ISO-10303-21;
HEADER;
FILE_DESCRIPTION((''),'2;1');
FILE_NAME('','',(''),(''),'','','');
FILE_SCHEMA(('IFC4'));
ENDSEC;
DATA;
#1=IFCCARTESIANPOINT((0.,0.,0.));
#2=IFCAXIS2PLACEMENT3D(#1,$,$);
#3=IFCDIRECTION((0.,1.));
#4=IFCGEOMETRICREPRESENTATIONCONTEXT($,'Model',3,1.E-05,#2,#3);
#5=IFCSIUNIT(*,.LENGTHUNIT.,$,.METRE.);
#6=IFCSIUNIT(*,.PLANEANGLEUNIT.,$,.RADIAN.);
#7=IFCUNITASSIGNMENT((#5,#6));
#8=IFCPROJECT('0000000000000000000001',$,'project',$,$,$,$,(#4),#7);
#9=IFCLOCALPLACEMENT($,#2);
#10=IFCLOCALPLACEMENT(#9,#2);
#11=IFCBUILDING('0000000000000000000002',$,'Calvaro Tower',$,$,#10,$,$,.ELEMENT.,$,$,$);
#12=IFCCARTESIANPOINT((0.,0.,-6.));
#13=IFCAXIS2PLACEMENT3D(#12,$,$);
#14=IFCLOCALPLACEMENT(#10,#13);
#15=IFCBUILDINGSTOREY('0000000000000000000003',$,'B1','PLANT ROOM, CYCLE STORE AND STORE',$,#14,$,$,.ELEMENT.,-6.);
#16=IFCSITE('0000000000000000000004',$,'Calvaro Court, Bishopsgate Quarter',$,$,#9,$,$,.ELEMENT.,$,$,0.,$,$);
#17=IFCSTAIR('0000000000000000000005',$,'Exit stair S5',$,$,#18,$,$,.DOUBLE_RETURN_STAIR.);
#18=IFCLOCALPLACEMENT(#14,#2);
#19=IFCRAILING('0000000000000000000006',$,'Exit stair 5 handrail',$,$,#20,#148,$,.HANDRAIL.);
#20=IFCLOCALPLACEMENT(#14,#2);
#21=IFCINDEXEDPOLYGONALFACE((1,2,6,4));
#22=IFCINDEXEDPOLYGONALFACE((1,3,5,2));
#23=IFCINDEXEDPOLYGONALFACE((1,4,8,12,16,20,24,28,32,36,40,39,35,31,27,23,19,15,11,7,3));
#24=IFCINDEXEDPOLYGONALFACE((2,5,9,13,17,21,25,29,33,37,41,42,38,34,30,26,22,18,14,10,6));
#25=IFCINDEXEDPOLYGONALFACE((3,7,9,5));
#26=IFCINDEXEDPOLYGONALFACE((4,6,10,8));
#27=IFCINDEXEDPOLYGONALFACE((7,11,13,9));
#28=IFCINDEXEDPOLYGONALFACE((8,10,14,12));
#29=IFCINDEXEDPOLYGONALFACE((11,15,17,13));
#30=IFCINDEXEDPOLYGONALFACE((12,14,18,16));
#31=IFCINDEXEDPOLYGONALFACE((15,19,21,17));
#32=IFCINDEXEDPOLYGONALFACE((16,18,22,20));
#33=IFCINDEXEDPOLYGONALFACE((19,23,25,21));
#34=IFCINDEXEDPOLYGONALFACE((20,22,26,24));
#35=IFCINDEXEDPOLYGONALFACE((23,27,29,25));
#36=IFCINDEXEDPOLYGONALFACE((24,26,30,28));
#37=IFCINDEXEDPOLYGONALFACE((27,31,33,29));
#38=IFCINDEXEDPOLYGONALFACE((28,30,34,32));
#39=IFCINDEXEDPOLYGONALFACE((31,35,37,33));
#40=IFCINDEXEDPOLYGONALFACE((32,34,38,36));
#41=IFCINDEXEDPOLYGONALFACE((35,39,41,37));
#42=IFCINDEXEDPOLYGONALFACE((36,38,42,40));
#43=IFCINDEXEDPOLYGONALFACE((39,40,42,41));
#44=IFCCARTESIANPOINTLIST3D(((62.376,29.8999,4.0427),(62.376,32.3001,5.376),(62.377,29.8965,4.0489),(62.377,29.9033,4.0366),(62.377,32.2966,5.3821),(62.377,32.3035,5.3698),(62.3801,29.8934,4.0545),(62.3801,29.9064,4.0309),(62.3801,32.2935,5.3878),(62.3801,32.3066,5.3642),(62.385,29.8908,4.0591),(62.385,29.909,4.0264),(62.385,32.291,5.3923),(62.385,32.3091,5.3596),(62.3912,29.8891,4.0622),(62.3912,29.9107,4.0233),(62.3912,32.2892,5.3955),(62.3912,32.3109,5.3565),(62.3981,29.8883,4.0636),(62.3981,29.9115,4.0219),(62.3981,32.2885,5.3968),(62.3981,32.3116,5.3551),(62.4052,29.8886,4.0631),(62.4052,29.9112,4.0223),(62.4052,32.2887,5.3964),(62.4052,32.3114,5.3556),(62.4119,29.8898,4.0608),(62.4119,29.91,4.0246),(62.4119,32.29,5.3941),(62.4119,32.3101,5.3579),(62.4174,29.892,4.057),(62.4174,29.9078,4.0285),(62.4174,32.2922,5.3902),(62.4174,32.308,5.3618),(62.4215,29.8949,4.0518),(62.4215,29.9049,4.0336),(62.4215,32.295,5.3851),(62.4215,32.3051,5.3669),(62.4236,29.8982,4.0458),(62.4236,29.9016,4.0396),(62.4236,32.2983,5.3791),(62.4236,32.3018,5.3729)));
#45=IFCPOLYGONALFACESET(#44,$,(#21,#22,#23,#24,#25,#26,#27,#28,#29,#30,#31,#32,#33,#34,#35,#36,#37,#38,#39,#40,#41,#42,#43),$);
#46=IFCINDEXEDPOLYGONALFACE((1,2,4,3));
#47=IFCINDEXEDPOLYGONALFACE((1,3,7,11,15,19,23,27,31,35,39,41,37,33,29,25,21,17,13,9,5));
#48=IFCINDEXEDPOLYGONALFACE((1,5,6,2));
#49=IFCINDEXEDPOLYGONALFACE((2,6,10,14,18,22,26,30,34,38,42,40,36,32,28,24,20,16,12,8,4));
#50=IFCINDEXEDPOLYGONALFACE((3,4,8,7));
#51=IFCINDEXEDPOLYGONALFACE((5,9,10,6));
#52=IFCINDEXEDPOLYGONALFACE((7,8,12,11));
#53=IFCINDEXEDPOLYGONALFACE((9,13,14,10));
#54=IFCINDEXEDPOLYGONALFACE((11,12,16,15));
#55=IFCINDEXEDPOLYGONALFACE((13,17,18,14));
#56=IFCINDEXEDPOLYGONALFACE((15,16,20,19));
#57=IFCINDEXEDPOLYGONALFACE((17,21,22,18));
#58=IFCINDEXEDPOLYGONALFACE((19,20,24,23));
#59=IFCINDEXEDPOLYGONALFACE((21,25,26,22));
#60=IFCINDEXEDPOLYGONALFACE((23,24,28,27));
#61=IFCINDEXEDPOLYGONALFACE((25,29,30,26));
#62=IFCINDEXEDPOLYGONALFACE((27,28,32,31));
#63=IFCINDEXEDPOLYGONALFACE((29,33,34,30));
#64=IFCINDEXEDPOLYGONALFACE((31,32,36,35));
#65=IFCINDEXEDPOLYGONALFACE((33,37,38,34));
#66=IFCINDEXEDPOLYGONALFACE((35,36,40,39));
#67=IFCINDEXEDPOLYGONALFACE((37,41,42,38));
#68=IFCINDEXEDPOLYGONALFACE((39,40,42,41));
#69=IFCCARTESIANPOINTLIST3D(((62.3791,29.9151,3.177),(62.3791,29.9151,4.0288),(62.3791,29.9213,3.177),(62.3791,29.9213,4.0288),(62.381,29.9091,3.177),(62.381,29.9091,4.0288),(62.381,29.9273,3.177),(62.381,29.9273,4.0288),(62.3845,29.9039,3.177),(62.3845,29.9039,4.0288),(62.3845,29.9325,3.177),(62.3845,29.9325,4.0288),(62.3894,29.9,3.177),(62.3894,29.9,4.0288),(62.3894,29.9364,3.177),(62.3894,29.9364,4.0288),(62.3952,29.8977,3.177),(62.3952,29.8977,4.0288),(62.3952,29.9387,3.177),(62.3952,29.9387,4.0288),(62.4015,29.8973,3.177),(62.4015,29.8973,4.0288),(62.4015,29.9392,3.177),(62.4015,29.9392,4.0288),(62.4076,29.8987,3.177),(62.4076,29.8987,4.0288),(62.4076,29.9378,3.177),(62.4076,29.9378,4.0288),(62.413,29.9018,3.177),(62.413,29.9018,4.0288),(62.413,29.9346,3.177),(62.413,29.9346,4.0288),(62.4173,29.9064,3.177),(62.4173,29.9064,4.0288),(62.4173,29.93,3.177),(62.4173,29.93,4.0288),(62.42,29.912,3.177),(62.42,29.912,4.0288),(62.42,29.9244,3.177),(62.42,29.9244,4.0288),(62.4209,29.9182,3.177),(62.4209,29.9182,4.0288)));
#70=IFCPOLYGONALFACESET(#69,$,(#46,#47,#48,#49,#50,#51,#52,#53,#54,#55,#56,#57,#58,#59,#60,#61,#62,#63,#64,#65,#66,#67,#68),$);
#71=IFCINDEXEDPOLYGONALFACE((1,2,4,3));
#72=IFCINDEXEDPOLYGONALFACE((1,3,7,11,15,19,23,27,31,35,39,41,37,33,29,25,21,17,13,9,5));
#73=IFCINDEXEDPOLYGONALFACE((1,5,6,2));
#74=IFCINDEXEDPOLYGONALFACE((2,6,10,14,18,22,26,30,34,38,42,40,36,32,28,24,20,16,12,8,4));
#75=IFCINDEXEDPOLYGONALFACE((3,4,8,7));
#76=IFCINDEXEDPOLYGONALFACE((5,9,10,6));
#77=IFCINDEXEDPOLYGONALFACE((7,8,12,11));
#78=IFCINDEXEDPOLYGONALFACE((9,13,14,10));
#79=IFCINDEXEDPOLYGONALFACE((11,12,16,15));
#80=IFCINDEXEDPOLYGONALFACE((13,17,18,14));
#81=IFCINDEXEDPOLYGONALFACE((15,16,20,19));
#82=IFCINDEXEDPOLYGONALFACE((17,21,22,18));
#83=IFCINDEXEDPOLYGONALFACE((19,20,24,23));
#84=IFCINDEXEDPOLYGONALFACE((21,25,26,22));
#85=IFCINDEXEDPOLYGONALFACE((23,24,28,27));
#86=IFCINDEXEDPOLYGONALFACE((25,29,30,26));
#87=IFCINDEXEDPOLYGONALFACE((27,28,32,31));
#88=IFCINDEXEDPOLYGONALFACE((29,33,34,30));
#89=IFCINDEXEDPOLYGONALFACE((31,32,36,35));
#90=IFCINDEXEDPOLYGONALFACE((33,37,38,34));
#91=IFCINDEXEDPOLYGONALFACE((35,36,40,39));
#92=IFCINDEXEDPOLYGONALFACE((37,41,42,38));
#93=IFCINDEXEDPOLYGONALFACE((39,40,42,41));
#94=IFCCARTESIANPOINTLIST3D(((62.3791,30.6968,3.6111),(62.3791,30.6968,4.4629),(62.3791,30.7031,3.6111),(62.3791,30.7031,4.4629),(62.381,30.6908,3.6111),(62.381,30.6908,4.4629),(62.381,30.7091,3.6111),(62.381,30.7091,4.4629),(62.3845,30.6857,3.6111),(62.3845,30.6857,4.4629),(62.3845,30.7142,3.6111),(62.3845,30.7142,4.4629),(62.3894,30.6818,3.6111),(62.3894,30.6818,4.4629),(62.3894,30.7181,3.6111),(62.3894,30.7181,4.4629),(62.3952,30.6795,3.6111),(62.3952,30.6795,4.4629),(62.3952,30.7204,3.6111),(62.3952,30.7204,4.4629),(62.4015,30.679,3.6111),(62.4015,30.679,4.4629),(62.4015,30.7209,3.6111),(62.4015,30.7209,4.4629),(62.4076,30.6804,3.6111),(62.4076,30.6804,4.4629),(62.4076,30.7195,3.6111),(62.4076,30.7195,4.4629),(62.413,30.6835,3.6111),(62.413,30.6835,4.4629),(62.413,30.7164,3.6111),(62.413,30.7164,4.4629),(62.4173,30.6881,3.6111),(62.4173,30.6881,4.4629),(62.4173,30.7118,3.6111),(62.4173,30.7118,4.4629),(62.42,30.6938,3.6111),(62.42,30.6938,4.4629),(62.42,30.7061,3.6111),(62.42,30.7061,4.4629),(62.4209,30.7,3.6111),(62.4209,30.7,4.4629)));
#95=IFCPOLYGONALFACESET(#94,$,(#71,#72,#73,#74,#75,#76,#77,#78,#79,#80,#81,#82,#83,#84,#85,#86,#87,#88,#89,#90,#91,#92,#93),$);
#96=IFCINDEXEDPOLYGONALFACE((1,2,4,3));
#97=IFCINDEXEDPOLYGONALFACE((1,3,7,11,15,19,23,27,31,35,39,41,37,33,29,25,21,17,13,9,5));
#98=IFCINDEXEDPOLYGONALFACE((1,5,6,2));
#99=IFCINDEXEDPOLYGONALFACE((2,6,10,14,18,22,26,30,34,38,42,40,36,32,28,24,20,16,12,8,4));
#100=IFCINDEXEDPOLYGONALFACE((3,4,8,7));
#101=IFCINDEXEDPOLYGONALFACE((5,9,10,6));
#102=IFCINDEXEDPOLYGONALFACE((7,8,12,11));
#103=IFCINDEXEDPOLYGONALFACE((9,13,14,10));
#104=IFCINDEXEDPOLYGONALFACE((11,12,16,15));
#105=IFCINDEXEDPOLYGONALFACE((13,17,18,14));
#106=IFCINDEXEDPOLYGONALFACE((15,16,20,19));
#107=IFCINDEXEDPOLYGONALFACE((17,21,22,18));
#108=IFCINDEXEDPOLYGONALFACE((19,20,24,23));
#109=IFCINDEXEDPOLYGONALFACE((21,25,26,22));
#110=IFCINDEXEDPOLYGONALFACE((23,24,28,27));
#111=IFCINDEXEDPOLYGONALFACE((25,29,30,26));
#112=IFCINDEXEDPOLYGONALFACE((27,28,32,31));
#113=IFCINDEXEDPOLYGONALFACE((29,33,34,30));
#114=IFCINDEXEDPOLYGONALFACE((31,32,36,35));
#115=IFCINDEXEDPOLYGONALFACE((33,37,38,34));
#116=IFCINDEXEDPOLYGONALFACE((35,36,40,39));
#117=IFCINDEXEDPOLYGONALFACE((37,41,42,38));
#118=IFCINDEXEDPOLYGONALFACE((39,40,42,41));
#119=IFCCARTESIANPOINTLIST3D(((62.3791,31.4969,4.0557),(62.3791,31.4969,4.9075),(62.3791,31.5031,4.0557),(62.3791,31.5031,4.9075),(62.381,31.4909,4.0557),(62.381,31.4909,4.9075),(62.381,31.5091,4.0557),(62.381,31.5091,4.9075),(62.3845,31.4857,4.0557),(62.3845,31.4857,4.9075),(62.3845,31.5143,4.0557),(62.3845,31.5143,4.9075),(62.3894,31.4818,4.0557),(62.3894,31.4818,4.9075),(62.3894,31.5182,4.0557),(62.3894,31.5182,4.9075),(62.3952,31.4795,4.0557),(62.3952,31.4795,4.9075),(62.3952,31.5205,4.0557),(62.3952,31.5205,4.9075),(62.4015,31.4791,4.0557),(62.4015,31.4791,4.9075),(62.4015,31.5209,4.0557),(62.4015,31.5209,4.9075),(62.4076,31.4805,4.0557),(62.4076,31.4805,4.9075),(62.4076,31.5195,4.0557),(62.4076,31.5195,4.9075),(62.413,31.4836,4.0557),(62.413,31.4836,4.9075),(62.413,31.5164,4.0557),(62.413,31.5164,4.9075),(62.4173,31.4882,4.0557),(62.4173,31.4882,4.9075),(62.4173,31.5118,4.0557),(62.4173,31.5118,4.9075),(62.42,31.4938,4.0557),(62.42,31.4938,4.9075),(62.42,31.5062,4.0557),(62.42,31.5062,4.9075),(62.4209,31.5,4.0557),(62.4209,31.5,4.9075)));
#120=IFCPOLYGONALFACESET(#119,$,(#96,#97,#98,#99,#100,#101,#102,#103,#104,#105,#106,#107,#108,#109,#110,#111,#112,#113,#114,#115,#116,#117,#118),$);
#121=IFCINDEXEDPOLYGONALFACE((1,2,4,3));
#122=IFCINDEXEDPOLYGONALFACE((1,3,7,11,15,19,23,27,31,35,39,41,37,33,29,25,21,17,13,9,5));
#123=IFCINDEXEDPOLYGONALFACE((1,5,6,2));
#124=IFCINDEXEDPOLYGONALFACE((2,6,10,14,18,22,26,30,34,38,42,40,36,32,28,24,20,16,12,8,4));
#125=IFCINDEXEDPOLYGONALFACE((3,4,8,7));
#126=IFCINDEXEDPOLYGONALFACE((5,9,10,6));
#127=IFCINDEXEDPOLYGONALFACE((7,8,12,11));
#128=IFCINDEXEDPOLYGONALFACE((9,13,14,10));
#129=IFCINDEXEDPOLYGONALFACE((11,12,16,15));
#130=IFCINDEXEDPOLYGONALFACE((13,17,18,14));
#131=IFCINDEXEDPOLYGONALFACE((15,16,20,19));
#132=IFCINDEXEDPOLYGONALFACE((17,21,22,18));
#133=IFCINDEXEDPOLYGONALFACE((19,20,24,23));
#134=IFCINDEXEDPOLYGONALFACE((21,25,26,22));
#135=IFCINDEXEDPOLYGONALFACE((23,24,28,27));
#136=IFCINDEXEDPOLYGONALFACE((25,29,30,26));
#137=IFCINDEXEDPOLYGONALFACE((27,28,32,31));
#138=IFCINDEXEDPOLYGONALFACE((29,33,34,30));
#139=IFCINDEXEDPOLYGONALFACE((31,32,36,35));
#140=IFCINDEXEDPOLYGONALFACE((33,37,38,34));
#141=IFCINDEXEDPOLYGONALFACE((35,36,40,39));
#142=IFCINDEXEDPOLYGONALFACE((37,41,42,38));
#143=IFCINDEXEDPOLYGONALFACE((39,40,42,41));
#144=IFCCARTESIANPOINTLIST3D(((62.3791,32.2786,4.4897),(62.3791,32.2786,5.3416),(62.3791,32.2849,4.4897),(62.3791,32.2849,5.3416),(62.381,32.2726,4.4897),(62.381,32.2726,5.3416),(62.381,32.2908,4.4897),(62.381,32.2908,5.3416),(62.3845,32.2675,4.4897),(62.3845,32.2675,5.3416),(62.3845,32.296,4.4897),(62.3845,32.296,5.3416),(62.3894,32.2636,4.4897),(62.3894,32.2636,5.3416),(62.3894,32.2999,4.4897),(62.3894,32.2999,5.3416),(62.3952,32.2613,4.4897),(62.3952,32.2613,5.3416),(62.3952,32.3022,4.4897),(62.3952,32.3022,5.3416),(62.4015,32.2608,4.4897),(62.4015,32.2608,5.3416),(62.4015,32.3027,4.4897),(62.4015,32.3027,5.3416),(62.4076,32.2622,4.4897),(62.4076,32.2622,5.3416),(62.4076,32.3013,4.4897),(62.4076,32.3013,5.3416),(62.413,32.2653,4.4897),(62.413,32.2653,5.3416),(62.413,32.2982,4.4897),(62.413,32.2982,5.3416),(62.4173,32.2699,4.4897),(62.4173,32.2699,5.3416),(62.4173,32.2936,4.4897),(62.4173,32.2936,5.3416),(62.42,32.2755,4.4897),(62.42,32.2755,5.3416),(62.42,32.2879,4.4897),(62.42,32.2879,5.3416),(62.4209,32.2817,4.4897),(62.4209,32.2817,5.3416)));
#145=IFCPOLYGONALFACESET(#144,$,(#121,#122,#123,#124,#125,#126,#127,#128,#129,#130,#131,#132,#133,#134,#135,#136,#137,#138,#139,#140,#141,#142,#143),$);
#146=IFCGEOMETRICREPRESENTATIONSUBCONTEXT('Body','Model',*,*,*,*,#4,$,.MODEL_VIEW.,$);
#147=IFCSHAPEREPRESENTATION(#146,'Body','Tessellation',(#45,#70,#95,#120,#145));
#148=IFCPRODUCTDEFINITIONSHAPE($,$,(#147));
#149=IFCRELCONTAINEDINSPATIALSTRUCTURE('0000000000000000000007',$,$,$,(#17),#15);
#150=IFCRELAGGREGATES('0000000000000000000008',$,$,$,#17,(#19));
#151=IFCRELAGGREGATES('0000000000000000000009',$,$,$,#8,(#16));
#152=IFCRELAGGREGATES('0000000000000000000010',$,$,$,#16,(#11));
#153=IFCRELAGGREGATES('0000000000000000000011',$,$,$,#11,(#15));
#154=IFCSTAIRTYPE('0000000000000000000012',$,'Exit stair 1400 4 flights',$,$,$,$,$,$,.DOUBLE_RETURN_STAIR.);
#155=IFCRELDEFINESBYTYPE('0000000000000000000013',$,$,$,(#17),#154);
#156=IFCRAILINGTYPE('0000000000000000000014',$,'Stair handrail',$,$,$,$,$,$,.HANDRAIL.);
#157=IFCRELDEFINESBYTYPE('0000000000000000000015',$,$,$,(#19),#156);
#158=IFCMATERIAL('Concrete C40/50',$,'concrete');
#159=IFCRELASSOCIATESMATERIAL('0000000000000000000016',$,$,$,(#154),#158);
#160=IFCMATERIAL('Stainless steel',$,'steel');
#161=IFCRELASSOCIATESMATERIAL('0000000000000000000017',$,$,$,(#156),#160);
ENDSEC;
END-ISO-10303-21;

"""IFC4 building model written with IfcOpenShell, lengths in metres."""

from ifc_helpers import new_model, si_unit, direction, frame, origin, origin_2d, place, context, subcontext, project, spatial, circle, extrude, material, type_object, element, aggregate, save


model = new_model("IFC4")

# Units and contexts
model_context = context("Model", 3, precision=1e-05, world=origin(), true_north=direction((0.0, 1.0)))
body_context = subcontext(model_context, "Body", "Model", "MODEL_VIEW")
ifc_project = project(units=[si_unit("LENGTHUNIT", "METRE"), si_unit("PLANEANGLEUNIT", "RADIAN")], contexts=[model_context])

# Site, building, storey
site_placement = place(None, origin())
site = spatial("IfcSite", under=ifc_project, at=site_placement, Name="Calvaro Court, Bishopsgate Quarter", CompositionType="ELEMENT", RefElevation=0.0)
building_placement = place(site_placement, origin())
building = spatial("IfcBuilding", under=site, at=building_placement, Name="Calvaro Tower", CompositionType="ELEMENT")
storey_placement = place(building_placement, frame((0.0, 0.0, -6.0)))
storey = spatial("IfcBuildingStorey", under=building, at=storey_placement, Name="B1", Description="PLANT ROOM, CYCLE STORE AND STORE", CompositionType="ELEMENT", Elevation=-6.0)

# Stair
ifc_material_1 = material(Name="Concrete C40/50", Category="concrete")
stair_type = type_object("IfcStairType", Name="Exit stair 1400 4 flights", PredefinedType="DOUBLE_RETURN_STAIR", material=ifc_material_1)
stair_1_placement = place(storey_placement, origin())
stair_1 = element("IfcStair", 1, at=stair_1_placement, inside=storey, type_object=stair_type, Name="Exit stair S5", PredefinedType="DOUBLE_RETURN_STAIR")

# Shared definitions
ifc_material_2 = material(Name="Stainless steel", Category="steel")
railing_type = type_object("IfcRailingType", Name="Stair handrail", PredefinedType="HANDRAIL", material=ifc_material_2)

# Railing
railing_1_placement = place(storey_placement, frame((62.3999, 29.8999, 3.1667)))
railing_1 = element("IfcRailing", 2, at=railing_1_placement, type_object=railing_type, Name="Exit stair 5 handrail", PredefinedType="HANDRAIL", context=body_context, shape_type="SweptSolid", body=[
    extrude(circle(Radius=0.0239, at=origin_2d()), frame((0.0, 0.0, 0.876), z_axis=(0.0, 0.874182, 0.485598), x_axis=(-1.0, 0.0, 0.0)), (0.0, 0.0, 1.0), 2.7456),
    extrude(circle(Radius=0.021, at=origin_2d()), frame((0.0, 0.0183, 0.0103)), (0.0, 0.0, 1.0), 0.8518),
    extrude(circle(Radius=0.021, at=origin_2d()), frame((0.0, 0.8, 0.4443)), (0.0, 0.0, 1.0), 0.8518),
    extrude(circle(Radius=0.021, at=origin_2d()), frame((0.0, 1.6001, 0.8889)), (0.0, 0.0, 1.0), 0.8518),
    extrude(circle(Radius=0.021, at=origin_2d()), frame((0.0, 2.3818, 1.323)), (0.0, 0.0, 1.0), 0.8518),
])
aggregate(stair_1, [railing_1])

save(model, "model.ifc")
